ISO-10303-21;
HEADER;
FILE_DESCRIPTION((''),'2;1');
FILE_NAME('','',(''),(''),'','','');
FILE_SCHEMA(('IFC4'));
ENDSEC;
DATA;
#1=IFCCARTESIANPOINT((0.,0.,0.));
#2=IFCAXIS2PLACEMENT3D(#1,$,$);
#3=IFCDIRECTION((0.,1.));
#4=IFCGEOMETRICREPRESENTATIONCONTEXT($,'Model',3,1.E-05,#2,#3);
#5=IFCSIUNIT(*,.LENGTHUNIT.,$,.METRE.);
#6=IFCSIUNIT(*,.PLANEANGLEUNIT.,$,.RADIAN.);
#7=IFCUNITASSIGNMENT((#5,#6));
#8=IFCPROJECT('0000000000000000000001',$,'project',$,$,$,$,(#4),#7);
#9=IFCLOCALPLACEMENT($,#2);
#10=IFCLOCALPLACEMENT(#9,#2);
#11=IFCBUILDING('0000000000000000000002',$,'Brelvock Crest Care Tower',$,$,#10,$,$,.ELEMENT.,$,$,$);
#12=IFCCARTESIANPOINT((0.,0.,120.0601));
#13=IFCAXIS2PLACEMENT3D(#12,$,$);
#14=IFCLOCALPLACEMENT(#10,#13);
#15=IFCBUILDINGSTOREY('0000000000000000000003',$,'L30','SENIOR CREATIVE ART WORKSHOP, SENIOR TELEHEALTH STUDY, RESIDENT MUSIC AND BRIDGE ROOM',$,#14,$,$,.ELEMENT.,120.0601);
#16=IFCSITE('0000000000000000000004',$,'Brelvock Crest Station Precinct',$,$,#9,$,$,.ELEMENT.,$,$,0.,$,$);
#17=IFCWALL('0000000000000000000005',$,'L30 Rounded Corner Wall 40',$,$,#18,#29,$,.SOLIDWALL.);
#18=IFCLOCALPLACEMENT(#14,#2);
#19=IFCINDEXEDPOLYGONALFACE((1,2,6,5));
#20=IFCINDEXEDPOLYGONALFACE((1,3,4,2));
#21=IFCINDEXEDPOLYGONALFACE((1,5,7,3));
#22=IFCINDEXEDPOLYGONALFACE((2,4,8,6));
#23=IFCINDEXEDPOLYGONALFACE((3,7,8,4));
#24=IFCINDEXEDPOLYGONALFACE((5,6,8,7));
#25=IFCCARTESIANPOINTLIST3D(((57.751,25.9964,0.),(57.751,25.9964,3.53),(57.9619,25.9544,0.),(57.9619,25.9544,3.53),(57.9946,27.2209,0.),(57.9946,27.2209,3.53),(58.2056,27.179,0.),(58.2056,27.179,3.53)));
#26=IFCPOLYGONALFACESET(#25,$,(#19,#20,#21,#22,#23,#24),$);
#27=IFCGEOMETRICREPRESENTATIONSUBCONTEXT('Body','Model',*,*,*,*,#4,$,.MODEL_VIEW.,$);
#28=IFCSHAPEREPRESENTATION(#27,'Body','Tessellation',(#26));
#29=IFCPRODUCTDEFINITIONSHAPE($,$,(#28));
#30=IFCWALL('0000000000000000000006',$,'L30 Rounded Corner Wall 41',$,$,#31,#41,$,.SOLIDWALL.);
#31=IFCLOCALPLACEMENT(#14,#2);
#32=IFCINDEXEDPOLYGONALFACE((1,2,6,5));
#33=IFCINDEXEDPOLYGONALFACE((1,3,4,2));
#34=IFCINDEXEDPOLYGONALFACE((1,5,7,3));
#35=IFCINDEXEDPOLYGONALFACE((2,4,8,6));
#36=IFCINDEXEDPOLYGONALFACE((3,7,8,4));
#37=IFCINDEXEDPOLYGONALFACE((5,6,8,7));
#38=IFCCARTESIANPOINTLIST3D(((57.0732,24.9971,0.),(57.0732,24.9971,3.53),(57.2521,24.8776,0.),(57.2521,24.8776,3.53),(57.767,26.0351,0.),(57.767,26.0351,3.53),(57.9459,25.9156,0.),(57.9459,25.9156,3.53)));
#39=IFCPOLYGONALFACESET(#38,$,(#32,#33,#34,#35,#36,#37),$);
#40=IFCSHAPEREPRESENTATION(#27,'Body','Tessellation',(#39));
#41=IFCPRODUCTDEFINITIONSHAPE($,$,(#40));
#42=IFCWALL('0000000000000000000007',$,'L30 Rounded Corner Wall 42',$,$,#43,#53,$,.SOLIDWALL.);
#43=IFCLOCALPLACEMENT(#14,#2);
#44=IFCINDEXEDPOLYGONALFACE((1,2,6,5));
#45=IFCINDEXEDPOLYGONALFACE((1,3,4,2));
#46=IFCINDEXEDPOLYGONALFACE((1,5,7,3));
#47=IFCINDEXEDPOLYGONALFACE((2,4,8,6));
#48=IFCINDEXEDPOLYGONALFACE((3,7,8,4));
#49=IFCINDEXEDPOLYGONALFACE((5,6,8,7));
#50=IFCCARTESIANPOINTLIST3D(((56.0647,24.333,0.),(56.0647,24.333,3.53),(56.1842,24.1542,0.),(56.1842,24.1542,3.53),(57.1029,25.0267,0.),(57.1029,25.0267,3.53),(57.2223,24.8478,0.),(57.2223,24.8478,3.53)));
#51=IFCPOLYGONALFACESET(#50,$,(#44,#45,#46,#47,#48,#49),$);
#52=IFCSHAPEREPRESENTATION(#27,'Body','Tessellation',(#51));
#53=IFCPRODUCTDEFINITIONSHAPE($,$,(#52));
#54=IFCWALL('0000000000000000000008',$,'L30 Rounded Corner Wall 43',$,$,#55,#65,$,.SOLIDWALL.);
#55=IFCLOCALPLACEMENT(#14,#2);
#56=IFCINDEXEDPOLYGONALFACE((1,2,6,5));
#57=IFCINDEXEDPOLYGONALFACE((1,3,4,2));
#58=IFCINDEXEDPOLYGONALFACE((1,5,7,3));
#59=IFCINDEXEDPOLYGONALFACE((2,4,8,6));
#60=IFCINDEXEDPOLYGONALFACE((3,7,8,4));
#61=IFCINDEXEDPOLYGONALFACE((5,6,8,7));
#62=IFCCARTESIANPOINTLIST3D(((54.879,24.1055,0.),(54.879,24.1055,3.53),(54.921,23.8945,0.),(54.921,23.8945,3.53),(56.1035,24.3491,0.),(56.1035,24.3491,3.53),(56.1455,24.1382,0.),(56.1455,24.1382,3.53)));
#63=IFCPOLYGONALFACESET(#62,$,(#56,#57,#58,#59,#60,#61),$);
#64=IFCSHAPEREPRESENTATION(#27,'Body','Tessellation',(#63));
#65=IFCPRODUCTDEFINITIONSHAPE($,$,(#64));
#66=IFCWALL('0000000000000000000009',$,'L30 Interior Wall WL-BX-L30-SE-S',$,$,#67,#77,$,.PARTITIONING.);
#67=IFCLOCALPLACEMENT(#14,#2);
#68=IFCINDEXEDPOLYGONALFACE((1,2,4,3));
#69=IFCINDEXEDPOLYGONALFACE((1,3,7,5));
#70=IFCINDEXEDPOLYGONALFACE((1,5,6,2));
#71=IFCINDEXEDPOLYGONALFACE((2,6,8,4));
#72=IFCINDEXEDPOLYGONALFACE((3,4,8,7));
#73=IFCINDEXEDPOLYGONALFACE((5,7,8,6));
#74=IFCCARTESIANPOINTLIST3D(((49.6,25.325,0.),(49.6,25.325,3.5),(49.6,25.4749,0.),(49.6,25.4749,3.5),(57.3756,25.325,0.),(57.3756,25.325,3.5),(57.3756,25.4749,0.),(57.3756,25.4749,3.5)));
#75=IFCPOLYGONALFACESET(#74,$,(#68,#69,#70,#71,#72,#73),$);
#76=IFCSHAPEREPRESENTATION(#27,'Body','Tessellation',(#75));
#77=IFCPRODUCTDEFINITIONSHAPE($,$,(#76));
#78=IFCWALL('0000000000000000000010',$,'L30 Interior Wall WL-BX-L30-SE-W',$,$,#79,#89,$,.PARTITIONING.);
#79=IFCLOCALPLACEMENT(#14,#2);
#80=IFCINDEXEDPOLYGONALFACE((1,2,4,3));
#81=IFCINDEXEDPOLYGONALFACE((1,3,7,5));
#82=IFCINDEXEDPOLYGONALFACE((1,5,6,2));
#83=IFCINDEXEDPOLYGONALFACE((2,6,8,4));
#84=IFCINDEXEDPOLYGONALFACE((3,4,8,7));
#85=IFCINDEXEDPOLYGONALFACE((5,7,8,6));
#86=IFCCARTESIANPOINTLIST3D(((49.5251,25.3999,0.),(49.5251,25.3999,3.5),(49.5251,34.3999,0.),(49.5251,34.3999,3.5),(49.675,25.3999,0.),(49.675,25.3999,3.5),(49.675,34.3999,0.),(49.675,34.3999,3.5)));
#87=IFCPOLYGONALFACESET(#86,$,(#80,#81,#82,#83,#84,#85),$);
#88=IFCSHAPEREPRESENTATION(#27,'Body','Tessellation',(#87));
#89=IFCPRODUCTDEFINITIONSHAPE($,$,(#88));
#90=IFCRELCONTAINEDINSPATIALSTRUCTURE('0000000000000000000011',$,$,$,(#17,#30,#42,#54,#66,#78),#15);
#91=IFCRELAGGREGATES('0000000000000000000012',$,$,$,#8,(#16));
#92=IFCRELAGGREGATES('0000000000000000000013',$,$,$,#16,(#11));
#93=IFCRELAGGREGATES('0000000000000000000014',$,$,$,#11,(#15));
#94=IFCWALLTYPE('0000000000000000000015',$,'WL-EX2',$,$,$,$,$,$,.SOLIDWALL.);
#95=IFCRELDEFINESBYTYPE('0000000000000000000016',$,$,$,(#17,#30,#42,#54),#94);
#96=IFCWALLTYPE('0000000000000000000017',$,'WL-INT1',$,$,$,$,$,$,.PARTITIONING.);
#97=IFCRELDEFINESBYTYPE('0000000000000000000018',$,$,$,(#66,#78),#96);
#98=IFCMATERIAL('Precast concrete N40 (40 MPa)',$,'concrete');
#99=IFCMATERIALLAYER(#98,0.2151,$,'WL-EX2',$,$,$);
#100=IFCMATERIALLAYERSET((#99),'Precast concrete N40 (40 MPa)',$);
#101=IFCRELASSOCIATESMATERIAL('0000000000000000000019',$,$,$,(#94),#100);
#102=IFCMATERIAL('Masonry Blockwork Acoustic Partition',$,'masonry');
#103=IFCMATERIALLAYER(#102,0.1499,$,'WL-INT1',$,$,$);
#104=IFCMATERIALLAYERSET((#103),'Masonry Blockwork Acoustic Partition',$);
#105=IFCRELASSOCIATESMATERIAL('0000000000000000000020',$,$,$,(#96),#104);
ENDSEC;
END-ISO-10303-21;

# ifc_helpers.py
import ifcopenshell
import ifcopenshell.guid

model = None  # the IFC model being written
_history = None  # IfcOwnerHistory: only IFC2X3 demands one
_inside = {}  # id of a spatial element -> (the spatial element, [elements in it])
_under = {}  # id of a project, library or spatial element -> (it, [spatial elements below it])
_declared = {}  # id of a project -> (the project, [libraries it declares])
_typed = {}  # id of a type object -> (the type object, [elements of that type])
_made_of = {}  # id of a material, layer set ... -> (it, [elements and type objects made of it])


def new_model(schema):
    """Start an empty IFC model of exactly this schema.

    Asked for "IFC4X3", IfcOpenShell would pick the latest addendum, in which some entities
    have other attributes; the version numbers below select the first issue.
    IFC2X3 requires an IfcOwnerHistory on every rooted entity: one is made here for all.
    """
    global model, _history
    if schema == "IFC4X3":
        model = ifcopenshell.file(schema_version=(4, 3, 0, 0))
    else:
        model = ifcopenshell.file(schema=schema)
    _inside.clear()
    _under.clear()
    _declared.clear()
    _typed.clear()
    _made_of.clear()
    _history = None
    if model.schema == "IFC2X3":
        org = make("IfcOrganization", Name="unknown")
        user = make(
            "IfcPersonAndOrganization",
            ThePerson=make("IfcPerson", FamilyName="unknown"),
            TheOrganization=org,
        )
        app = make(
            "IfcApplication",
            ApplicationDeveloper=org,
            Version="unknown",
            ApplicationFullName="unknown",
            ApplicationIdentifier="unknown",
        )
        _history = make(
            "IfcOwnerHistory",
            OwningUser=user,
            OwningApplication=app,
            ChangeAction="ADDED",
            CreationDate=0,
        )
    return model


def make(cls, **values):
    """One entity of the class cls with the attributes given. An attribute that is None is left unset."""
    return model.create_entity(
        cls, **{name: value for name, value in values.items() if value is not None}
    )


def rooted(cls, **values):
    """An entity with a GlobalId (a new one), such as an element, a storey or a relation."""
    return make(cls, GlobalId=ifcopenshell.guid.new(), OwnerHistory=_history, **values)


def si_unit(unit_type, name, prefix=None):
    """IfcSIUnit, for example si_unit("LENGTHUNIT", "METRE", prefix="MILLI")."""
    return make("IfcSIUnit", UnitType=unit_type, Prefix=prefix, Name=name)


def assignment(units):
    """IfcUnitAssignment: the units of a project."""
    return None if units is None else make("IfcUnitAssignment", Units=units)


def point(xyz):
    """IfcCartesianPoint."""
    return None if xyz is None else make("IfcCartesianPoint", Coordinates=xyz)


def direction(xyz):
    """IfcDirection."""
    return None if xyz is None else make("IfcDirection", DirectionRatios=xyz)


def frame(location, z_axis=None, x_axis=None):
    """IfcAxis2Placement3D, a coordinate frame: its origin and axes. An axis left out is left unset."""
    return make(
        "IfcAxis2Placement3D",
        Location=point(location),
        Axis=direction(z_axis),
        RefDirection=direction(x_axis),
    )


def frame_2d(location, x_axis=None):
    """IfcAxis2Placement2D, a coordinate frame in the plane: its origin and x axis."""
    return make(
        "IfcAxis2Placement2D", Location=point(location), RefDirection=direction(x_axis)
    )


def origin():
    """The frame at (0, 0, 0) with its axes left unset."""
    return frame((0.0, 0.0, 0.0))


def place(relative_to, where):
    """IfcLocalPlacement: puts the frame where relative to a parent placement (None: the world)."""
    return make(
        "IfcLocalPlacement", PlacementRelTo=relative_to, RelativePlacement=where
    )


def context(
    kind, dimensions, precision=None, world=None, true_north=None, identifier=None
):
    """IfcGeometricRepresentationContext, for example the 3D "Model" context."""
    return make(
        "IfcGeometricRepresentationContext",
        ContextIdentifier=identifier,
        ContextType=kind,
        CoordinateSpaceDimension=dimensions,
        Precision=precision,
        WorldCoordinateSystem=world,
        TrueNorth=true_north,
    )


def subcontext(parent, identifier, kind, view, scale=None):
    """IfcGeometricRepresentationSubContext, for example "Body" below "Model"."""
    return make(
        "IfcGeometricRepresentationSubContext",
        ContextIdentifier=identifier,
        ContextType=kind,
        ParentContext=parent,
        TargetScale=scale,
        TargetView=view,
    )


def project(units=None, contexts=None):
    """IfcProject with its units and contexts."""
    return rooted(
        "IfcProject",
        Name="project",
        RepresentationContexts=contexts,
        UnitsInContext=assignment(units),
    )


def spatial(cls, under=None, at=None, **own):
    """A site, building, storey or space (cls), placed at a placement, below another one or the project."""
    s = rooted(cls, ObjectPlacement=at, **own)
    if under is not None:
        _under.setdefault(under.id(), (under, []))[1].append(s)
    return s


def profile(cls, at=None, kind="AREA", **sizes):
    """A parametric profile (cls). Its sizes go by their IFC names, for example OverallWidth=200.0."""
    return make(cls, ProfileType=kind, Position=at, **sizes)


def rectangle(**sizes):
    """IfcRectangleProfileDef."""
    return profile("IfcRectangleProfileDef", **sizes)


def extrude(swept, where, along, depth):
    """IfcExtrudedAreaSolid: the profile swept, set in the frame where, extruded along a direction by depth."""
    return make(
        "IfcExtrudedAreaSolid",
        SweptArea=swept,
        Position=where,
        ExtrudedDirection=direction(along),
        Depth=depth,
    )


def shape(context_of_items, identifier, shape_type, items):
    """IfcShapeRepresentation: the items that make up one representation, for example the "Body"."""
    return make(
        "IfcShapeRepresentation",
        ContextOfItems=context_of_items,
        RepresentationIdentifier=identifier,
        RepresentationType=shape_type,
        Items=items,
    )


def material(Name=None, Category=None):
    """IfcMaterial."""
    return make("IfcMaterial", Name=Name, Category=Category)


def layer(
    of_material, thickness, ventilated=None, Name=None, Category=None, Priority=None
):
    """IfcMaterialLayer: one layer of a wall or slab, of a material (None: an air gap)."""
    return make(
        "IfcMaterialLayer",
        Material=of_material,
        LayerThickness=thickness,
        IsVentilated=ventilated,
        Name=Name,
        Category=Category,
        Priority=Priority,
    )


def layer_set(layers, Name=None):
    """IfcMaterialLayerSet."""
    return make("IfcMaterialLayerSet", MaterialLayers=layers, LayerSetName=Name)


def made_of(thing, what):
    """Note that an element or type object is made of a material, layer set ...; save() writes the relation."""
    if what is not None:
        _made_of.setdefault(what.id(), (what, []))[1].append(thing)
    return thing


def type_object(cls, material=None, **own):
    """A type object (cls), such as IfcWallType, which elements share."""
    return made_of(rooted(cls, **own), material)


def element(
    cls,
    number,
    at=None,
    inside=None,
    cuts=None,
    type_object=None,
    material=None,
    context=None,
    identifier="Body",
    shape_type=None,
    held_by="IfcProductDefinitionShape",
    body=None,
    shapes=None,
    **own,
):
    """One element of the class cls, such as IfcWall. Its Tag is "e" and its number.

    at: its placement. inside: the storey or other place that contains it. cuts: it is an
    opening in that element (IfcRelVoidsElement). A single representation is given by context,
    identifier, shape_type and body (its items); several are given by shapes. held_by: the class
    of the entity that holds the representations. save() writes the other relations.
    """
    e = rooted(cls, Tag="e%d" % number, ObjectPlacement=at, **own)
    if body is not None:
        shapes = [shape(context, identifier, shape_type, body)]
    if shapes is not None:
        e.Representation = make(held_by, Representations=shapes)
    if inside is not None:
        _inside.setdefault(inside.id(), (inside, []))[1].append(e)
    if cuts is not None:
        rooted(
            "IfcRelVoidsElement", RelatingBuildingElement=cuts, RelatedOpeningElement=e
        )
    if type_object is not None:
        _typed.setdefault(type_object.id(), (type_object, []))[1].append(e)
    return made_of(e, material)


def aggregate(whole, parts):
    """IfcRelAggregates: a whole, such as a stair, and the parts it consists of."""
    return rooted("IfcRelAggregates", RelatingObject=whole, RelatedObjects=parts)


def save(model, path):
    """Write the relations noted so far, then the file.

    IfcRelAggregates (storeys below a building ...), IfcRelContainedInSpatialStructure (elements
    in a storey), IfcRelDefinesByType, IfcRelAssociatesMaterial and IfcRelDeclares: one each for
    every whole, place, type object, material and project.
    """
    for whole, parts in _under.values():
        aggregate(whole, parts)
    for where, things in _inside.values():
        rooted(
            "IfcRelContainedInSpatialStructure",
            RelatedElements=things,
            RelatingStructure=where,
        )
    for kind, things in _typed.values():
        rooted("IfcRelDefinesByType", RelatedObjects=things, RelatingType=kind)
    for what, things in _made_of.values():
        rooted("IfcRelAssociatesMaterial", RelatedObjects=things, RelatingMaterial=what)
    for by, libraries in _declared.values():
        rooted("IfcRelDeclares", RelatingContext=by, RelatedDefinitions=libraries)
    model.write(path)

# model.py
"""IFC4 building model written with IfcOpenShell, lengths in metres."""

from ifc_helpers import new_model, si_unit, direction, frame, frame_2d, origin, place, context, subcontext, project, spatial, rectangle, extrude, material, layer, layer_set, type_object, element, save


model = new_model("IFC4")

# Units and contexts
model_context = context("Model", 3, precision=1e-05, world=origin(), true_north=direction((0.0, 1.0)))
body_context = subcontext(model_context, "Body", "Model", "MODEL_VIEW")
ifc_project = project(units=[si_unit("LENGTHUNIT", "METRE"), si_unit("PLANEANGLEUNIT", "RADIAN")], contexts=[model_context])

# Site, building, storey
site_placement = place(None, origin())
site = spatial("IfcSite", under=ifc_project, at=site_placement, Name="Brelvock Crest Station Precinct", CompositionType="ELEMENT", RefElevation=0.0)
building_placement = place(site_placement, origin())
building = spatial("IfcBuilding", under=site, at=building_placement, Name="Brelvock Crest Care Tower", CompositionType="ELEMENT")
storey_placement = place(building_placement, frame((0.0, 0.0, 120.0601)))
storey = spatial("IfcBuildingStorey", under=building, at=storey_placement, Name="L30", Description="SENIOR CREATIVE ART WORKSHOP, SENIOR TELEHEALTH STUDY, RESIDENT MUSIC AND BRIDGE ROOM", CompositionType="ELEMENT", Elevation=120.0601)

# Walls
ifc_material_1 = material(Name="Precast concrete N40 (40 MPa)", Category="concrete")
ifc_layer_1 = layer(ifc_material_1, 0.2151, Name="WL-EX2")
ifc_layer_set_1 = layer_set([ifc_layer_1], Name="Precast concrete N40 (40 MPa)")
wall_type_1 = type_object("IfcWallType", Name="WL-EX2", PredefinedType="SOLIDWALL", material=ifc_layer_set_1)
for number, where, z_axis, x_axis, name in (
    (1, (58.1001, 27.2, 0.0), (0.0, 0.0, 1.0), (-0.195138, -0.980776, 0.0), "L30 Rounded Corner Wall 40"),
    (2, (57.8564, 25.9753, 0.0), (0.0, 0.0, 1.0), (-0.555692, -0.831388, 0.0), "L30 Rounded Corner Wall 41"),
    (3, (57.1626, 24.9373, 0.0), (0.0, 0.0, 1.0), (-0.831478, -0.555557, 0.0), "L30 Rounded Corner Wall 42"),
    (4, (56.1245, 24.2437, 0.0), (0.0, 0.0, 1.0), (-0.980776, -0.195138, 0.0), "L30 Rounded Corner Wall 43"),
):
    element("IfcWall", number, at=place(storey_placement, frame(where, z_axis=z_axis, x_axis=x_axis)), inside=storey, type_object=wall_type_1, Name=name, PredefinedType="SOLIDWALL", context=body_context, shape_type="SweptSolid", body=[
        extrude(rectangle(XDim=1.2485, YDim=0.2151, at=frame_2d((0.6243, 0.0))), origin(), (0.0, 0.0, 1.0), 3.53),
    ])
ifc_material_2 = material(Name="Masonry Blockwork Acoustic Partition", Category="masonry")
ifc_layer_2 = layer(ifc_material_2, 0.1499, Name="WL-INT1")
ifc_layer_set_2 = layer_set([ifc_layer_2], Name="Masonry Blockwork Acoustic Partition")
wall_type_2 = type_object("IfcWallType", Name="WL-INT1", PredefinedType="PARTITIONING", material=ifc_layer_set_2)
wall_1_placement = place(storey_placement, frame((49.6001, 25.3999, 0.0), z_axis=(0.0, 0.0, 1.0), x_axis=(1.0, 0.0, 0.0)))
element("IfcWall", 5, at=wall_1_placement, inside=storey, type_object=wall_type_2, Name="L30 Interior Wall WL-BX-L30-SE-S", PredefinedType="PARTITIONING", context=body_context, shape_type="SweptSolid", body=[
    extrude(rectangle(XDim=7.7756, YDim=0.1499, at=frame_2d((3.8877, 0.0))), origin(), (0.0, 0.0, 1.0), 3.5),
])
wall_2_placement = place(storey_placement, frame((49.6001, 25.3999, 0.0), z_axis=(0.0, 0.0, 1.0), x_axis=(0.0, 1.0, 0.0)))
element("IfcWall", 6, at=wall_2_placement, inside=storey, type_object=wall_type_2, Name="L30 Interior Wall WL-BX-L30-SE-W", PredefinedType="PARTITIONING", context=body_context, shape_type="SweptSolid", body=[
    extrude(rectangle(XDim=9.0, YDim=0.1499, at=frame_2d((4.5, 0.0))), origin(), (0.0, 0.0, 1.0), 3.5),
])

save(model, "model.ifc")
